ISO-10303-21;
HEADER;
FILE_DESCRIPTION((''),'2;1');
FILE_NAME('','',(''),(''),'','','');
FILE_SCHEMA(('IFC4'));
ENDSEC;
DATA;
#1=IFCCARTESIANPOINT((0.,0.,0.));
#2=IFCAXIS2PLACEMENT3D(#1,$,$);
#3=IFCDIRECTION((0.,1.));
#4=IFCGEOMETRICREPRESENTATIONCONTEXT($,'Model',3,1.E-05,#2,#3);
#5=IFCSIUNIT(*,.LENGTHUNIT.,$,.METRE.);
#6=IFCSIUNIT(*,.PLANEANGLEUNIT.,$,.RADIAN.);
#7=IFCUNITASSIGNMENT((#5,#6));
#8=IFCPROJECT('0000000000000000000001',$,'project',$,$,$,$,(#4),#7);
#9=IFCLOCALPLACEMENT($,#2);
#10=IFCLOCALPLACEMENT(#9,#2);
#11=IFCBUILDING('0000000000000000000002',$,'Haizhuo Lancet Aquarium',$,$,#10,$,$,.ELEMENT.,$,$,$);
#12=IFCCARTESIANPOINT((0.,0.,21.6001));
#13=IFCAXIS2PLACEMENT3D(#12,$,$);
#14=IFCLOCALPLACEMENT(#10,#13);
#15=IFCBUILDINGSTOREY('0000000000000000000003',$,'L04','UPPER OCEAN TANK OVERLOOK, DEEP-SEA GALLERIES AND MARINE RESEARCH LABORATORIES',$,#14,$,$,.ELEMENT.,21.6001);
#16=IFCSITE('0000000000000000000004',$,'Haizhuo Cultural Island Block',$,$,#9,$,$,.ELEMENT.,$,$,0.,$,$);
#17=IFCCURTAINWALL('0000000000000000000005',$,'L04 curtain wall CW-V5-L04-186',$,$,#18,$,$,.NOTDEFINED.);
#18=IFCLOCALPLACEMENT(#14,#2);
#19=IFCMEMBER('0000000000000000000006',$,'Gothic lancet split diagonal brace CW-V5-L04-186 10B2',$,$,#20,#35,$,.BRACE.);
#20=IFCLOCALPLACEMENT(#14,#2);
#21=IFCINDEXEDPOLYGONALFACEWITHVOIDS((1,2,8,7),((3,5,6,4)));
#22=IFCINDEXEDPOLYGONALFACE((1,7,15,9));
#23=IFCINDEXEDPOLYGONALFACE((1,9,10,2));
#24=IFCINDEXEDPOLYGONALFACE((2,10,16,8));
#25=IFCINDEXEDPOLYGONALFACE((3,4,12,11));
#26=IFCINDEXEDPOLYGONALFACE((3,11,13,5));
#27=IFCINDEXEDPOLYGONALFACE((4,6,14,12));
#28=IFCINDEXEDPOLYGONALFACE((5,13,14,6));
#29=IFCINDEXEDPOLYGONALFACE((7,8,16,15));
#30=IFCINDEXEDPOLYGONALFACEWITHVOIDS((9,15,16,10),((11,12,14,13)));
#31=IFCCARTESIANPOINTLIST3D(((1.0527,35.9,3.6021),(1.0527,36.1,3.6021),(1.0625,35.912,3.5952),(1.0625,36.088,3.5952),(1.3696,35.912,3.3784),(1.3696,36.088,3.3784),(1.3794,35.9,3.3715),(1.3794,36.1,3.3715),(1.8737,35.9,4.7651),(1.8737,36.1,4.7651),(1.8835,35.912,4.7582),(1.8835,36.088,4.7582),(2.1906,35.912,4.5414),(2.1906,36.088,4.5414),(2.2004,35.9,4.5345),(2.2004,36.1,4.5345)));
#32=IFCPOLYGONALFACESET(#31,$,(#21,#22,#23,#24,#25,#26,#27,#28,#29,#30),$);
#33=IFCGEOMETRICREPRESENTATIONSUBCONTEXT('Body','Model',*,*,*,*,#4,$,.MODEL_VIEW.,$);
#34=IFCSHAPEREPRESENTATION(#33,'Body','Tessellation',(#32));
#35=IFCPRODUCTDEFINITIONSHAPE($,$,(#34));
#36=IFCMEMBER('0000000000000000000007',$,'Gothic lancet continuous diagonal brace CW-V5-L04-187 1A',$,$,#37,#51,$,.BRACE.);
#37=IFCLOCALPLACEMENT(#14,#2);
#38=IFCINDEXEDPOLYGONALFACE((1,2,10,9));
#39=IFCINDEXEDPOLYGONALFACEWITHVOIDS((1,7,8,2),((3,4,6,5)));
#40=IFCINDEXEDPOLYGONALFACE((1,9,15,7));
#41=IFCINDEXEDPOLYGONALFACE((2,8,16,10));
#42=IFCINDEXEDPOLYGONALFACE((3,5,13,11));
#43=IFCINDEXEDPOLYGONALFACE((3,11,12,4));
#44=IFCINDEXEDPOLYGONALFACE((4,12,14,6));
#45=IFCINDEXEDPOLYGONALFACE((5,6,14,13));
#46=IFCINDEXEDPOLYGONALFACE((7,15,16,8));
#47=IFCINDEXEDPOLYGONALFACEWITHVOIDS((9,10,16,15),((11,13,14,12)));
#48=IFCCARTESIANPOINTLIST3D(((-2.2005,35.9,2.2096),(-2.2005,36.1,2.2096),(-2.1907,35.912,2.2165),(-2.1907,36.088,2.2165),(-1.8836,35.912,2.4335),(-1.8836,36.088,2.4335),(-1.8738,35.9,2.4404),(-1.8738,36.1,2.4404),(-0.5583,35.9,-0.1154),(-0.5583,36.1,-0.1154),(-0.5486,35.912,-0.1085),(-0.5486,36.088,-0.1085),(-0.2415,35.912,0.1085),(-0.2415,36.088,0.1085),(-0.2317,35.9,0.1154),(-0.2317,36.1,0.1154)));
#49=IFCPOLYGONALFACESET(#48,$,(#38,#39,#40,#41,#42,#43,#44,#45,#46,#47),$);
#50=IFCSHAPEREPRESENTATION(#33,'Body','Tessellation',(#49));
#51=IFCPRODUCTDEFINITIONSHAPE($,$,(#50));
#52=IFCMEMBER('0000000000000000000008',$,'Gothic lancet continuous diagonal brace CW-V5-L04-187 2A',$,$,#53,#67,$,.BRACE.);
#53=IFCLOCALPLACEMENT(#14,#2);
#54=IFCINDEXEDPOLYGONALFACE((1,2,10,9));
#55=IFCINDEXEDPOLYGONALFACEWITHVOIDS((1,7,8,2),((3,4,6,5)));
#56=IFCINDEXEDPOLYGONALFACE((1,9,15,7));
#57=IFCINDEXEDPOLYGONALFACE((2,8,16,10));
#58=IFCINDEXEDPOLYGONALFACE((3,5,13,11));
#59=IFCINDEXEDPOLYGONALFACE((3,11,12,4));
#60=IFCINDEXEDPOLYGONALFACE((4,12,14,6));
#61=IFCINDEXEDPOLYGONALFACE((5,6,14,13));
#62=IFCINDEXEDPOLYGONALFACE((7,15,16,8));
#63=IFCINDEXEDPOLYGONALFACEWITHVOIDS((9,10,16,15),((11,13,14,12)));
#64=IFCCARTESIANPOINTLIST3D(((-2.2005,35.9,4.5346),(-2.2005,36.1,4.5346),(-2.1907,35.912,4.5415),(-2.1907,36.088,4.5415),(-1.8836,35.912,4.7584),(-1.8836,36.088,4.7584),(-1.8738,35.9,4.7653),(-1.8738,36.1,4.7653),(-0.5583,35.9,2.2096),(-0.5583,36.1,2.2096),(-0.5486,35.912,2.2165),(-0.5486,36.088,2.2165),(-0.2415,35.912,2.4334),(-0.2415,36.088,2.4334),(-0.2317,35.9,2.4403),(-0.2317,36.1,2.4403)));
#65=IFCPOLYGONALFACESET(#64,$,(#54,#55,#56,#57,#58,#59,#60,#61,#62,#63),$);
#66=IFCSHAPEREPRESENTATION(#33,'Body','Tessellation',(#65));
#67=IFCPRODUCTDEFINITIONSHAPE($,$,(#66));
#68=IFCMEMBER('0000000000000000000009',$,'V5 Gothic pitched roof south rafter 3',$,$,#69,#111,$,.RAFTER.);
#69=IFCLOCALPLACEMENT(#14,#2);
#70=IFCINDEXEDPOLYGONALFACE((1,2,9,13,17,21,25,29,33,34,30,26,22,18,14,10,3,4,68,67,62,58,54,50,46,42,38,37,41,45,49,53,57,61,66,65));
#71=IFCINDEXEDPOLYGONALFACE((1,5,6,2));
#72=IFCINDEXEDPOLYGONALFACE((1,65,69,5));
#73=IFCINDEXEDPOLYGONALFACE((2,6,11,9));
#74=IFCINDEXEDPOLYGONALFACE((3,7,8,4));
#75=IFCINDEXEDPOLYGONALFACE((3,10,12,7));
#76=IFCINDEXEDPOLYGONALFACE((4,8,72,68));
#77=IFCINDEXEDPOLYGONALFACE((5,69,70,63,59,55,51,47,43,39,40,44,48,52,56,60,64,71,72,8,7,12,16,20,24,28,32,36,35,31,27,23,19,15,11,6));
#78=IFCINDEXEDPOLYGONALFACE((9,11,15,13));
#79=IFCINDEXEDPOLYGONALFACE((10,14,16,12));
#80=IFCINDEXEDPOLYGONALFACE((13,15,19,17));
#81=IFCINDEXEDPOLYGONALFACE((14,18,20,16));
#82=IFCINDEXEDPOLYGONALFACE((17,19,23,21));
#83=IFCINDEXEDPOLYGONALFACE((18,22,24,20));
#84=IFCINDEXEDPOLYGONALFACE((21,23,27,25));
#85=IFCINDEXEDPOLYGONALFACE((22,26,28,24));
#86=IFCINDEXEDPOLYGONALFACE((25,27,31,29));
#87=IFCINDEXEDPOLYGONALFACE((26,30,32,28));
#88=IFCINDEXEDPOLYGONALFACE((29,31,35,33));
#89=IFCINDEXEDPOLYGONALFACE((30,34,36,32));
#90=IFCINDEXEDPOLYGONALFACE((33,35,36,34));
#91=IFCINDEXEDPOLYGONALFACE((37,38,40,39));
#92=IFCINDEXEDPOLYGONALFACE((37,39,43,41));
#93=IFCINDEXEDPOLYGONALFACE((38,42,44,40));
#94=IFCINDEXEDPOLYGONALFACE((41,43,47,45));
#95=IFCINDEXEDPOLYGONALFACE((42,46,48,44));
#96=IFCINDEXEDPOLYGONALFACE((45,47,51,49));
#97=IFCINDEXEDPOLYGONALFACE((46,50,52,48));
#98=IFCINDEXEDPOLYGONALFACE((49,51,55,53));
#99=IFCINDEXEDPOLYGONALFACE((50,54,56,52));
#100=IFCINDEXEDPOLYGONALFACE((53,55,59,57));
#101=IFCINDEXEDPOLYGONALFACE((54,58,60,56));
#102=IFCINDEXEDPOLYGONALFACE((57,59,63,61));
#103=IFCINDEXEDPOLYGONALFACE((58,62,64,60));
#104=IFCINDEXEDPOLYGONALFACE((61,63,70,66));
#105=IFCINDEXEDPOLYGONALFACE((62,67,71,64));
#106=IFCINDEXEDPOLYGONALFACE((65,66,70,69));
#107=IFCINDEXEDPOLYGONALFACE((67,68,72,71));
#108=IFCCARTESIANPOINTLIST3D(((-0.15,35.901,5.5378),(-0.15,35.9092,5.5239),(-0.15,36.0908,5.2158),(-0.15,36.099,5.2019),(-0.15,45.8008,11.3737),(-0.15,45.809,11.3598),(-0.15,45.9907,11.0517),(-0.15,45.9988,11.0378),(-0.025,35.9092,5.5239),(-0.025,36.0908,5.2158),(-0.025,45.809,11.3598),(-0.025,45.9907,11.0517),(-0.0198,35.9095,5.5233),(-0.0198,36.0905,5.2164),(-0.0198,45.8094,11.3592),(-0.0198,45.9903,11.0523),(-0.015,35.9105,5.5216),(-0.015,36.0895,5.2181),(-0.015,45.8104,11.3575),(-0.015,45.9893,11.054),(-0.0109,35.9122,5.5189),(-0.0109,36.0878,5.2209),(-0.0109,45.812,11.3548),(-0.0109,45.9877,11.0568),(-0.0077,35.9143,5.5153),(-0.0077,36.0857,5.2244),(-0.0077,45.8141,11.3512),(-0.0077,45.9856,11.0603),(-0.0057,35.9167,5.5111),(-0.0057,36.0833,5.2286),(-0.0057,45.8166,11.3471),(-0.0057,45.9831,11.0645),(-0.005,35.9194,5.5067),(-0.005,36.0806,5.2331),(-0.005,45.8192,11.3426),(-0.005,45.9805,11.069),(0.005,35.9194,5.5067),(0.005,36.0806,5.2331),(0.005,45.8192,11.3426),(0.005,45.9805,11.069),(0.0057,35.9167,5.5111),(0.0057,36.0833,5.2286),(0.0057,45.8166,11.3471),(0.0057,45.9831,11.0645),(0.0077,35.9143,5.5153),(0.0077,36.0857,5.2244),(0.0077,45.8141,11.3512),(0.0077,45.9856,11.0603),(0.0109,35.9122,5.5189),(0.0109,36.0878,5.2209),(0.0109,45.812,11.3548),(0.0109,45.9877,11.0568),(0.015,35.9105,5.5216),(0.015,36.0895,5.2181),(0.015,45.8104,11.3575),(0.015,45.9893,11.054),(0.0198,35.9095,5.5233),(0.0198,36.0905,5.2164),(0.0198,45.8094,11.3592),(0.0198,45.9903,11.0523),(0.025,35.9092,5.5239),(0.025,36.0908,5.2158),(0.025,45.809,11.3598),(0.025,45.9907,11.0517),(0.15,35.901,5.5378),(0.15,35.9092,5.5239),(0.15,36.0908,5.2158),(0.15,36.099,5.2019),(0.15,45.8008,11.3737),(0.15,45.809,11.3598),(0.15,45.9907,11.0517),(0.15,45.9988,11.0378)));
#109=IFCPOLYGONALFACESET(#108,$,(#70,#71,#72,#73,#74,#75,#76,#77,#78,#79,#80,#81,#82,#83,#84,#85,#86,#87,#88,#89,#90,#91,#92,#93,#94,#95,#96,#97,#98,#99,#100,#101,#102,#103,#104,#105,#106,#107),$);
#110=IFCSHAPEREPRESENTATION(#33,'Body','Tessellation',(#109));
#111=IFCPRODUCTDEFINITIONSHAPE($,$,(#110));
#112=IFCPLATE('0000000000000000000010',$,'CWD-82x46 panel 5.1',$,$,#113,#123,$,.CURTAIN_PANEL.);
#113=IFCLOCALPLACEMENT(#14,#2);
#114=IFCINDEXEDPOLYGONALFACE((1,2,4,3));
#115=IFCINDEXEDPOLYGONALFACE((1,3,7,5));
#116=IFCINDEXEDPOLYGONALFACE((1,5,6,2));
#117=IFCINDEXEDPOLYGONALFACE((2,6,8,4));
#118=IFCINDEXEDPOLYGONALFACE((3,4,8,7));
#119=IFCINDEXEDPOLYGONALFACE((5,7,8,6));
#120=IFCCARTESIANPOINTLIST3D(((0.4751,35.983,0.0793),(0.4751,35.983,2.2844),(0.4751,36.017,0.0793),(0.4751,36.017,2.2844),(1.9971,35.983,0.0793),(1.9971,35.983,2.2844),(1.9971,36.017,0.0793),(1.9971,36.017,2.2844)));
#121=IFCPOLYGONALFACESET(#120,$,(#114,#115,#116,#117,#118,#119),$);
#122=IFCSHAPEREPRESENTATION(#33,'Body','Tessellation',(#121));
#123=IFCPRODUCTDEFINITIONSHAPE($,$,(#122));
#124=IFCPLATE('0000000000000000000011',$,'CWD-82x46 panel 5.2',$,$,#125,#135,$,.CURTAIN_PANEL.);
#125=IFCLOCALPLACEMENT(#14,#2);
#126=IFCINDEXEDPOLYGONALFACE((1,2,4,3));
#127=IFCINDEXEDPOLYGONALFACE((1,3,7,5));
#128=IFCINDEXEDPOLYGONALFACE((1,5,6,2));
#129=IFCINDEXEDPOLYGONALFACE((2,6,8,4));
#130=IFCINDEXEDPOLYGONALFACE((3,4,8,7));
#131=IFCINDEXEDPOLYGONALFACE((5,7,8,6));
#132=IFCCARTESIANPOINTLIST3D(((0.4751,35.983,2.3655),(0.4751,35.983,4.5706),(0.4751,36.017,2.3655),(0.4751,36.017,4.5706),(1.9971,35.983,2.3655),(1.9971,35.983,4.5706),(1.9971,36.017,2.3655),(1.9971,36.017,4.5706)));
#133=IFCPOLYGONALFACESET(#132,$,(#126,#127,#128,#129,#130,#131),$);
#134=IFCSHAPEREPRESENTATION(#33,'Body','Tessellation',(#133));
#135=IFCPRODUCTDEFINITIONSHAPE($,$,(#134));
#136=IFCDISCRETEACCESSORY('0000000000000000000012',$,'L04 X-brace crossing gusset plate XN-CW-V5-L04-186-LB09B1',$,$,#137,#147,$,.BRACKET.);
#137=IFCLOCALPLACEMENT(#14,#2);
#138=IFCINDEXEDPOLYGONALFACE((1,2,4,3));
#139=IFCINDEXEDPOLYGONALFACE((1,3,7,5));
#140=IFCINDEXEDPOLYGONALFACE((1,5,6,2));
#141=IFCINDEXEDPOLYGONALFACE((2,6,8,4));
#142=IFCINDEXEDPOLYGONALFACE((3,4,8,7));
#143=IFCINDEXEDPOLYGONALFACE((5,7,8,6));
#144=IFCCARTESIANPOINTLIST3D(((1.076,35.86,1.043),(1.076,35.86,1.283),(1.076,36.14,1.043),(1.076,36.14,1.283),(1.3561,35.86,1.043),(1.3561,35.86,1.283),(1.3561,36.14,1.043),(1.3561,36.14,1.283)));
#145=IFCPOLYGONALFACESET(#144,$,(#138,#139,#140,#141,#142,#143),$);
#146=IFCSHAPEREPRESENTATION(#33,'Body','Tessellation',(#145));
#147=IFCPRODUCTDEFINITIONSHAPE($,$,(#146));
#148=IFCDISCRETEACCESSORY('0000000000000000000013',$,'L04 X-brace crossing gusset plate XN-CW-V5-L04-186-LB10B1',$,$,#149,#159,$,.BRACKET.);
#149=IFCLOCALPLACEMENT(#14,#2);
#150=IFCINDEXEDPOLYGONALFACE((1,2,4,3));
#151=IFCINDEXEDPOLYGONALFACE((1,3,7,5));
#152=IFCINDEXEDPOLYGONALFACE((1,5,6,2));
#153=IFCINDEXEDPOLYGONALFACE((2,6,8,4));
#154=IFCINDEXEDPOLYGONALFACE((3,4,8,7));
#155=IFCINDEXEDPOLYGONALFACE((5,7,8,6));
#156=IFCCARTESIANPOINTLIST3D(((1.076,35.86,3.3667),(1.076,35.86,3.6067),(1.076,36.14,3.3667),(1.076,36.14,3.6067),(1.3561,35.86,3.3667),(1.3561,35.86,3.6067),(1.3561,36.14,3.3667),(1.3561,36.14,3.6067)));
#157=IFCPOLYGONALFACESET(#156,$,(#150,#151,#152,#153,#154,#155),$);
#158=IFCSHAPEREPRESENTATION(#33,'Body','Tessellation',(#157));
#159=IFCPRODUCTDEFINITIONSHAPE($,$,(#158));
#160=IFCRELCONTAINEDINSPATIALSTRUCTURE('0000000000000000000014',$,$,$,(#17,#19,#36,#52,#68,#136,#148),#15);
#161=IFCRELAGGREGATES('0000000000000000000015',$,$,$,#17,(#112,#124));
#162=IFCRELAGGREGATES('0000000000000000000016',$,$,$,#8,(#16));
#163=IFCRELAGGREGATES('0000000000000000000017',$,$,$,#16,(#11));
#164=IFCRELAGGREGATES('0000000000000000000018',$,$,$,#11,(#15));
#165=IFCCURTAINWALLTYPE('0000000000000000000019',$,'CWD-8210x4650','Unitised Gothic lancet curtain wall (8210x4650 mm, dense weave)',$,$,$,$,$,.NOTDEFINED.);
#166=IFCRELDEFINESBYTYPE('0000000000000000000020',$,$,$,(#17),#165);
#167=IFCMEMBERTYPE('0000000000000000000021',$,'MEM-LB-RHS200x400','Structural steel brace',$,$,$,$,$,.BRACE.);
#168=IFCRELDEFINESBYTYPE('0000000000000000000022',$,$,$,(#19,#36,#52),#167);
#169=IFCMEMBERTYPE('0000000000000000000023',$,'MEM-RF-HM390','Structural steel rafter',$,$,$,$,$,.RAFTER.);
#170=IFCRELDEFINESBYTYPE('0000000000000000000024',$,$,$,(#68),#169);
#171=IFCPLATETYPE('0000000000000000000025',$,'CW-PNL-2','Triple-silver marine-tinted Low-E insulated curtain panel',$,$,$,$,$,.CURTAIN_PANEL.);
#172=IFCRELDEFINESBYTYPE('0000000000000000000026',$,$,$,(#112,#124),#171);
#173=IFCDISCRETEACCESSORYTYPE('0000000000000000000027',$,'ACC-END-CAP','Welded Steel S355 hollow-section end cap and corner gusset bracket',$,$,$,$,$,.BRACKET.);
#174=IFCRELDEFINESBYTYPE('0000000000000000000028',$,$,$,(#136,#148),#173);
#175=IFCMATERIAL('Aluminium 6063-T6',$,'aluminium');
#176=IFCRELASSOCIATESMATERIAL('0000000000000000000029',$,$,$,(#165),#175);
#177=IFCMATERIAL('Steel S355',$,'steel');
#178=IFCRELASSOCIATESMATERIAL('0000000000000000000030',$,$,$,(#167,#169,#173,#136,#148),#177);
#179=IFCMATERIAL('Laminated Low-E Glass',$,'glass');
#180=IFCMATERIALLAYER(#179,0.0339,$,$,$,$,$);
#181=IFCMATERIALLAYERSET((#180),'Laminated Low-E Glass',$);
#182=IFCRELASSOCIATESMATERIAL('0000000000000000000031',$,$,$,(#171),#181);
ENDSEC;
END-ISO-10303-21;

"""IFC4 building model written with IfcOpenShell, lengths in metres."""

from ifc_helpers import new_model, si_unit, direction, frame, origin, origin_2d, place, context, subcontext, project, spatial, rectangle, hollow_rectangle, i_section, extrude, material, layer, layer_set, material_profile, profile_set, type_object, element, aggregate, save


model = new_model("IFC4")

# Units and contexts
model_context = context("Model", 3, precision=1e-05, world=origin(), true_north=direction((0.0, 1.0)))
body_context = subcontext(model_context, "Body", "Model", "MODEL_VIEW")
ifc_project = project(units=[si_unit("LENGTHUNIT", "METRE"), si_unit("PLANEANGLEUNIT", "RADIAN")], contexts=[model_context])

# Site, building, storey
site_placement = place(None, origin())
site = spatial("IfcSite", under=ifc_project, at=site_placement, Name="Haizhuo Cultural Island Block", CompositionType="ELEMENT", RefElevation=0.0)
building_placement = place(site_placement, origin())
building = spatial("IfcBuilding", under=site, at=building_placement, Name="Haizhuo Lancet Aquarium", CompositionType="ELEMENT")
storey_placement = place(building_placement, frame((0.0, 0.0, 21.6001)))
storey = spatial("IfcBuildingStorey", under=building, at=storey_placement, Name="L04", Description="UPPER OCEAN TANK OVERLOOK, DEEP-SEA GALLERIES AND MARINE RESEARCH LABORATORIES", CompositionType="ELEMENT", Elevation=21.6001)

# Curtain wall
ifc_material_1 = material(Name="Aluminium 6063-T6", Category="aluminium")
curtain_wall_type_1 = type_object("IfcCurtainWallType", Name="CWD-8210x4650", Description="Unitised Gothic lancet curtain wall (8210x4650 mm, dense weave)", PredefinedType="NOTDEFINED", material=ifc_material_1)
curtain_wall_1_placement = place(storey_placement, origin())
curtain_wall_1 = element("IfcCurtainWall", 1, at=curtain_wall_1_placement, inside=storey, type_object=curtain_wall_type_1, Name="L04 curtain wall CW-V5-L04-186", PredefinedType="NOTDEFINED")

# Members
ifc_material_2 = material(Name="Steel S355", Category="steel")
ifc_material_profile_1 = material_profile(ifc_material_2, hollow_rectangle(XDim=0.2, YDim=0.3999, WallThickness=0.012, at=origin_2d()), Name="RHS 200x400x12")
ifc_profile_set_1 = profile_set([ifc_material_profile_1], Name="Steel S355")
member_type_1 = type_object("IfcMemberType", Name="MEM-LB-RHS200x400", Description="Structural steel brace", PredefinedType="BRACE", material=ifc_profile_set_1)
member_1_placement = place(storey_placement, frame((1.2161, 36.0, 3.4868), z_axis=(0.576703, 0.0, 0.816954), x_axis=(0.0, 1.0, 0.0)))
element("IfcMember", 2, at=member_1_placement, inside=storey, type_object=member_type_1, Name="Gothic lancet split diagonal brace CW-V5-L04-186 10B2", PredefinedType="BRACE", context=body_context, shape_type="SweptSolid", body=[
    extrude(hollow_rectangle(XDim=0.2, YDim=0.3999, WallThickness=0.012, at=origin_2d()), origin(), (0.0, 0.0, 1.0), 1.4236),
])
for number, where, z_axis, x_axis, name in (
    (3, (-0.395, 36.0, 0.0), (-0.576905, 0.0, 0.816811), (0.0, -1.0, 0.0), "Gothic lancet continuous diagonal brace CW-V5-L04-187 1A"),
    (4, (-0.395, 36.0, 2.325), (-0.576905, 0.0, 0.816811), (0.0, -1.0, 0.0), "Gothic lancet continuous diagonal brace CW-V5-L04-187 2A"),
):
    element("IfcMember", number, at=place(storey_placement, frame(where, z_axis=z_axis, x_axis=x_axis)), inside=storey, type_object=member_type_1, Name=name, PredefinedType="BRACE", context=body_context, shape_type="SweptSolid", body=[
        extrude(hollow_rectangle(XDim=0.2, YDim=0.3999, WallThickness=0.012, at=origin_2d()), origin(), (0.0, 0.0, 1.0), 2.8464),
    ])
ifc_material_profile_2 = material_profile(ifc_material_2, i_section(OverallWidth=0.3, OverallDepth=0.3899, WebThickness=0.01, FlangeThickness=0.0161, FilletRadius=0.02, at=origin_2d()), Name="HM 390x300x10x16")
ifc_profile_set_2 = profile_set([ifc_material_profile_2], Name="Steel S355")
member_type_2 = type_object("IfcMemberType", Name="MEM-RF-HM390", Description="Structural steel rafter", PredefinedType="RAFTER", material=ifc_profile_set_2)
member_2_placement = place(storey_placement, frame((0.0, 36.0, 5.3699), z_axis=(0.0, 0.86146, 0.507826), x_axis=(-1.0, 0.0, 0.0)))
element("IfcMember", 5, at=member_2_placement, inside=storey, type_object=member_type_2, Name="V5 Gothic pitched roof south rafter 3", PredefinedType="RAFTER", context=body_context, shape_type="SweptSolid", body=[
    extrude(i_section(OverallWidth=0.3, OverallDepth=0.3899, WebThickness=0.01, FlangeThickness=0.0161, FilletRadius=0.02, at=origin_2d()), origin(), (0.0, 0.0, 1.0), 11.4919),
])

# Plates
ifc_material_3 = material(Name="Laminated Low-E Glass", Category="glass")
ifc_layer = layer(ifc_material_3, 0.0339)
ifc_layer_set = layer_set([ifc_layer], Name="Laminated Low-E Glass")
plate_type = type_object("IfcPlateType", Name="CW-PNL-2", Description="Triple-silver marine-tinted Low-E insulated curtain panel", PredefinedType="CURTAIN_PANEL", material=ifc_layer_set)
plate_1_placement = place(storey_placement, frame((1.2361, 36.0, 0.0793), z_axis=(0.0, 0.0, 1.0), x_axis=(-1.0, 0.0, 0.0)))
plate_1 = element("IfcPlate", 6, at=plate_1_placement, type_object=plate_type, Name="CWD-82x46 panel 5.1", PredefinedType="CURTAIN_PANEL", context=body_context, shape_type="SweptSolid", body=[
    extrude(rectangle(XDim=1.522, YDim=0.0339, at=origin_2d()), origin(), (0.0, 0.0, 1.0), 2.2051),
])
plate_2_placement = place(storey_placement, frame((1.2361, 36.0, 2.3655), z_axis=(0.0, 0.0, 1.0), x_axis=(-1.0, 0.0, 0.0)))
plate_2 = element("IfcPlate", 7, at=plate_2_placement, type_object=plate_type, Name="CWD-82x46 panel 5.2", PredefinedType="CURTAIN_PANEL", context=body_context, shape_type="SweptSolid", body=[
    extrude(rectangle(XDim=1.522, YDim=0.0339, at=origin_2d()), origin(), (0.0, 0.0, 1.0), 2.2051),
])
aggregate(curtain_wall_1, [plate_1, plate_2])

# Discrete accessories
discrete_accessory_type = type_object("IfcDiscreteAccessoryType", Name="ACC-END-CAP", Description="Welded Steel S355 hollow-section end cap and corner gusset bracket", PredefinedType="BRACKET", material=ifc_material_2)
for number, where, z_axis, x_axis, name in (
    (8, (1.2161, 36.0, 1.043), (0.0, 0.0, 1.0), (1.0, 0.0, 0.0), "L04 X-brace crossing gusset plate XN-CW-V5-L04-186-LB09B1"),
    (9, (1.2161, 36.0, 3.3667), (0.0, 0.0, 1.0), (1.0, 0.0, 0.0), "L04 X-brace crossing gusset plate XN-CW-V5-L04-186-LB10B1"),
):
    element("IfcDiscreteAccessory", number, at=place(storey_placement, frame(where, z_axis=z_axis, x_axis=x_axis)), inside=storey, type_object=discrete_accessory_type, material=ifc_material_2, Name=name, PredefinedType="BRACKET", context=body_context, shape_type="SweptSolid", body=[
        extrude(rectangle(XDim=0.28, YDim=0.28, at=origin_2d()), origin(), (0.0, 0.0, 1.0), 0.24),
    ])

save(model, "model.ifc")
